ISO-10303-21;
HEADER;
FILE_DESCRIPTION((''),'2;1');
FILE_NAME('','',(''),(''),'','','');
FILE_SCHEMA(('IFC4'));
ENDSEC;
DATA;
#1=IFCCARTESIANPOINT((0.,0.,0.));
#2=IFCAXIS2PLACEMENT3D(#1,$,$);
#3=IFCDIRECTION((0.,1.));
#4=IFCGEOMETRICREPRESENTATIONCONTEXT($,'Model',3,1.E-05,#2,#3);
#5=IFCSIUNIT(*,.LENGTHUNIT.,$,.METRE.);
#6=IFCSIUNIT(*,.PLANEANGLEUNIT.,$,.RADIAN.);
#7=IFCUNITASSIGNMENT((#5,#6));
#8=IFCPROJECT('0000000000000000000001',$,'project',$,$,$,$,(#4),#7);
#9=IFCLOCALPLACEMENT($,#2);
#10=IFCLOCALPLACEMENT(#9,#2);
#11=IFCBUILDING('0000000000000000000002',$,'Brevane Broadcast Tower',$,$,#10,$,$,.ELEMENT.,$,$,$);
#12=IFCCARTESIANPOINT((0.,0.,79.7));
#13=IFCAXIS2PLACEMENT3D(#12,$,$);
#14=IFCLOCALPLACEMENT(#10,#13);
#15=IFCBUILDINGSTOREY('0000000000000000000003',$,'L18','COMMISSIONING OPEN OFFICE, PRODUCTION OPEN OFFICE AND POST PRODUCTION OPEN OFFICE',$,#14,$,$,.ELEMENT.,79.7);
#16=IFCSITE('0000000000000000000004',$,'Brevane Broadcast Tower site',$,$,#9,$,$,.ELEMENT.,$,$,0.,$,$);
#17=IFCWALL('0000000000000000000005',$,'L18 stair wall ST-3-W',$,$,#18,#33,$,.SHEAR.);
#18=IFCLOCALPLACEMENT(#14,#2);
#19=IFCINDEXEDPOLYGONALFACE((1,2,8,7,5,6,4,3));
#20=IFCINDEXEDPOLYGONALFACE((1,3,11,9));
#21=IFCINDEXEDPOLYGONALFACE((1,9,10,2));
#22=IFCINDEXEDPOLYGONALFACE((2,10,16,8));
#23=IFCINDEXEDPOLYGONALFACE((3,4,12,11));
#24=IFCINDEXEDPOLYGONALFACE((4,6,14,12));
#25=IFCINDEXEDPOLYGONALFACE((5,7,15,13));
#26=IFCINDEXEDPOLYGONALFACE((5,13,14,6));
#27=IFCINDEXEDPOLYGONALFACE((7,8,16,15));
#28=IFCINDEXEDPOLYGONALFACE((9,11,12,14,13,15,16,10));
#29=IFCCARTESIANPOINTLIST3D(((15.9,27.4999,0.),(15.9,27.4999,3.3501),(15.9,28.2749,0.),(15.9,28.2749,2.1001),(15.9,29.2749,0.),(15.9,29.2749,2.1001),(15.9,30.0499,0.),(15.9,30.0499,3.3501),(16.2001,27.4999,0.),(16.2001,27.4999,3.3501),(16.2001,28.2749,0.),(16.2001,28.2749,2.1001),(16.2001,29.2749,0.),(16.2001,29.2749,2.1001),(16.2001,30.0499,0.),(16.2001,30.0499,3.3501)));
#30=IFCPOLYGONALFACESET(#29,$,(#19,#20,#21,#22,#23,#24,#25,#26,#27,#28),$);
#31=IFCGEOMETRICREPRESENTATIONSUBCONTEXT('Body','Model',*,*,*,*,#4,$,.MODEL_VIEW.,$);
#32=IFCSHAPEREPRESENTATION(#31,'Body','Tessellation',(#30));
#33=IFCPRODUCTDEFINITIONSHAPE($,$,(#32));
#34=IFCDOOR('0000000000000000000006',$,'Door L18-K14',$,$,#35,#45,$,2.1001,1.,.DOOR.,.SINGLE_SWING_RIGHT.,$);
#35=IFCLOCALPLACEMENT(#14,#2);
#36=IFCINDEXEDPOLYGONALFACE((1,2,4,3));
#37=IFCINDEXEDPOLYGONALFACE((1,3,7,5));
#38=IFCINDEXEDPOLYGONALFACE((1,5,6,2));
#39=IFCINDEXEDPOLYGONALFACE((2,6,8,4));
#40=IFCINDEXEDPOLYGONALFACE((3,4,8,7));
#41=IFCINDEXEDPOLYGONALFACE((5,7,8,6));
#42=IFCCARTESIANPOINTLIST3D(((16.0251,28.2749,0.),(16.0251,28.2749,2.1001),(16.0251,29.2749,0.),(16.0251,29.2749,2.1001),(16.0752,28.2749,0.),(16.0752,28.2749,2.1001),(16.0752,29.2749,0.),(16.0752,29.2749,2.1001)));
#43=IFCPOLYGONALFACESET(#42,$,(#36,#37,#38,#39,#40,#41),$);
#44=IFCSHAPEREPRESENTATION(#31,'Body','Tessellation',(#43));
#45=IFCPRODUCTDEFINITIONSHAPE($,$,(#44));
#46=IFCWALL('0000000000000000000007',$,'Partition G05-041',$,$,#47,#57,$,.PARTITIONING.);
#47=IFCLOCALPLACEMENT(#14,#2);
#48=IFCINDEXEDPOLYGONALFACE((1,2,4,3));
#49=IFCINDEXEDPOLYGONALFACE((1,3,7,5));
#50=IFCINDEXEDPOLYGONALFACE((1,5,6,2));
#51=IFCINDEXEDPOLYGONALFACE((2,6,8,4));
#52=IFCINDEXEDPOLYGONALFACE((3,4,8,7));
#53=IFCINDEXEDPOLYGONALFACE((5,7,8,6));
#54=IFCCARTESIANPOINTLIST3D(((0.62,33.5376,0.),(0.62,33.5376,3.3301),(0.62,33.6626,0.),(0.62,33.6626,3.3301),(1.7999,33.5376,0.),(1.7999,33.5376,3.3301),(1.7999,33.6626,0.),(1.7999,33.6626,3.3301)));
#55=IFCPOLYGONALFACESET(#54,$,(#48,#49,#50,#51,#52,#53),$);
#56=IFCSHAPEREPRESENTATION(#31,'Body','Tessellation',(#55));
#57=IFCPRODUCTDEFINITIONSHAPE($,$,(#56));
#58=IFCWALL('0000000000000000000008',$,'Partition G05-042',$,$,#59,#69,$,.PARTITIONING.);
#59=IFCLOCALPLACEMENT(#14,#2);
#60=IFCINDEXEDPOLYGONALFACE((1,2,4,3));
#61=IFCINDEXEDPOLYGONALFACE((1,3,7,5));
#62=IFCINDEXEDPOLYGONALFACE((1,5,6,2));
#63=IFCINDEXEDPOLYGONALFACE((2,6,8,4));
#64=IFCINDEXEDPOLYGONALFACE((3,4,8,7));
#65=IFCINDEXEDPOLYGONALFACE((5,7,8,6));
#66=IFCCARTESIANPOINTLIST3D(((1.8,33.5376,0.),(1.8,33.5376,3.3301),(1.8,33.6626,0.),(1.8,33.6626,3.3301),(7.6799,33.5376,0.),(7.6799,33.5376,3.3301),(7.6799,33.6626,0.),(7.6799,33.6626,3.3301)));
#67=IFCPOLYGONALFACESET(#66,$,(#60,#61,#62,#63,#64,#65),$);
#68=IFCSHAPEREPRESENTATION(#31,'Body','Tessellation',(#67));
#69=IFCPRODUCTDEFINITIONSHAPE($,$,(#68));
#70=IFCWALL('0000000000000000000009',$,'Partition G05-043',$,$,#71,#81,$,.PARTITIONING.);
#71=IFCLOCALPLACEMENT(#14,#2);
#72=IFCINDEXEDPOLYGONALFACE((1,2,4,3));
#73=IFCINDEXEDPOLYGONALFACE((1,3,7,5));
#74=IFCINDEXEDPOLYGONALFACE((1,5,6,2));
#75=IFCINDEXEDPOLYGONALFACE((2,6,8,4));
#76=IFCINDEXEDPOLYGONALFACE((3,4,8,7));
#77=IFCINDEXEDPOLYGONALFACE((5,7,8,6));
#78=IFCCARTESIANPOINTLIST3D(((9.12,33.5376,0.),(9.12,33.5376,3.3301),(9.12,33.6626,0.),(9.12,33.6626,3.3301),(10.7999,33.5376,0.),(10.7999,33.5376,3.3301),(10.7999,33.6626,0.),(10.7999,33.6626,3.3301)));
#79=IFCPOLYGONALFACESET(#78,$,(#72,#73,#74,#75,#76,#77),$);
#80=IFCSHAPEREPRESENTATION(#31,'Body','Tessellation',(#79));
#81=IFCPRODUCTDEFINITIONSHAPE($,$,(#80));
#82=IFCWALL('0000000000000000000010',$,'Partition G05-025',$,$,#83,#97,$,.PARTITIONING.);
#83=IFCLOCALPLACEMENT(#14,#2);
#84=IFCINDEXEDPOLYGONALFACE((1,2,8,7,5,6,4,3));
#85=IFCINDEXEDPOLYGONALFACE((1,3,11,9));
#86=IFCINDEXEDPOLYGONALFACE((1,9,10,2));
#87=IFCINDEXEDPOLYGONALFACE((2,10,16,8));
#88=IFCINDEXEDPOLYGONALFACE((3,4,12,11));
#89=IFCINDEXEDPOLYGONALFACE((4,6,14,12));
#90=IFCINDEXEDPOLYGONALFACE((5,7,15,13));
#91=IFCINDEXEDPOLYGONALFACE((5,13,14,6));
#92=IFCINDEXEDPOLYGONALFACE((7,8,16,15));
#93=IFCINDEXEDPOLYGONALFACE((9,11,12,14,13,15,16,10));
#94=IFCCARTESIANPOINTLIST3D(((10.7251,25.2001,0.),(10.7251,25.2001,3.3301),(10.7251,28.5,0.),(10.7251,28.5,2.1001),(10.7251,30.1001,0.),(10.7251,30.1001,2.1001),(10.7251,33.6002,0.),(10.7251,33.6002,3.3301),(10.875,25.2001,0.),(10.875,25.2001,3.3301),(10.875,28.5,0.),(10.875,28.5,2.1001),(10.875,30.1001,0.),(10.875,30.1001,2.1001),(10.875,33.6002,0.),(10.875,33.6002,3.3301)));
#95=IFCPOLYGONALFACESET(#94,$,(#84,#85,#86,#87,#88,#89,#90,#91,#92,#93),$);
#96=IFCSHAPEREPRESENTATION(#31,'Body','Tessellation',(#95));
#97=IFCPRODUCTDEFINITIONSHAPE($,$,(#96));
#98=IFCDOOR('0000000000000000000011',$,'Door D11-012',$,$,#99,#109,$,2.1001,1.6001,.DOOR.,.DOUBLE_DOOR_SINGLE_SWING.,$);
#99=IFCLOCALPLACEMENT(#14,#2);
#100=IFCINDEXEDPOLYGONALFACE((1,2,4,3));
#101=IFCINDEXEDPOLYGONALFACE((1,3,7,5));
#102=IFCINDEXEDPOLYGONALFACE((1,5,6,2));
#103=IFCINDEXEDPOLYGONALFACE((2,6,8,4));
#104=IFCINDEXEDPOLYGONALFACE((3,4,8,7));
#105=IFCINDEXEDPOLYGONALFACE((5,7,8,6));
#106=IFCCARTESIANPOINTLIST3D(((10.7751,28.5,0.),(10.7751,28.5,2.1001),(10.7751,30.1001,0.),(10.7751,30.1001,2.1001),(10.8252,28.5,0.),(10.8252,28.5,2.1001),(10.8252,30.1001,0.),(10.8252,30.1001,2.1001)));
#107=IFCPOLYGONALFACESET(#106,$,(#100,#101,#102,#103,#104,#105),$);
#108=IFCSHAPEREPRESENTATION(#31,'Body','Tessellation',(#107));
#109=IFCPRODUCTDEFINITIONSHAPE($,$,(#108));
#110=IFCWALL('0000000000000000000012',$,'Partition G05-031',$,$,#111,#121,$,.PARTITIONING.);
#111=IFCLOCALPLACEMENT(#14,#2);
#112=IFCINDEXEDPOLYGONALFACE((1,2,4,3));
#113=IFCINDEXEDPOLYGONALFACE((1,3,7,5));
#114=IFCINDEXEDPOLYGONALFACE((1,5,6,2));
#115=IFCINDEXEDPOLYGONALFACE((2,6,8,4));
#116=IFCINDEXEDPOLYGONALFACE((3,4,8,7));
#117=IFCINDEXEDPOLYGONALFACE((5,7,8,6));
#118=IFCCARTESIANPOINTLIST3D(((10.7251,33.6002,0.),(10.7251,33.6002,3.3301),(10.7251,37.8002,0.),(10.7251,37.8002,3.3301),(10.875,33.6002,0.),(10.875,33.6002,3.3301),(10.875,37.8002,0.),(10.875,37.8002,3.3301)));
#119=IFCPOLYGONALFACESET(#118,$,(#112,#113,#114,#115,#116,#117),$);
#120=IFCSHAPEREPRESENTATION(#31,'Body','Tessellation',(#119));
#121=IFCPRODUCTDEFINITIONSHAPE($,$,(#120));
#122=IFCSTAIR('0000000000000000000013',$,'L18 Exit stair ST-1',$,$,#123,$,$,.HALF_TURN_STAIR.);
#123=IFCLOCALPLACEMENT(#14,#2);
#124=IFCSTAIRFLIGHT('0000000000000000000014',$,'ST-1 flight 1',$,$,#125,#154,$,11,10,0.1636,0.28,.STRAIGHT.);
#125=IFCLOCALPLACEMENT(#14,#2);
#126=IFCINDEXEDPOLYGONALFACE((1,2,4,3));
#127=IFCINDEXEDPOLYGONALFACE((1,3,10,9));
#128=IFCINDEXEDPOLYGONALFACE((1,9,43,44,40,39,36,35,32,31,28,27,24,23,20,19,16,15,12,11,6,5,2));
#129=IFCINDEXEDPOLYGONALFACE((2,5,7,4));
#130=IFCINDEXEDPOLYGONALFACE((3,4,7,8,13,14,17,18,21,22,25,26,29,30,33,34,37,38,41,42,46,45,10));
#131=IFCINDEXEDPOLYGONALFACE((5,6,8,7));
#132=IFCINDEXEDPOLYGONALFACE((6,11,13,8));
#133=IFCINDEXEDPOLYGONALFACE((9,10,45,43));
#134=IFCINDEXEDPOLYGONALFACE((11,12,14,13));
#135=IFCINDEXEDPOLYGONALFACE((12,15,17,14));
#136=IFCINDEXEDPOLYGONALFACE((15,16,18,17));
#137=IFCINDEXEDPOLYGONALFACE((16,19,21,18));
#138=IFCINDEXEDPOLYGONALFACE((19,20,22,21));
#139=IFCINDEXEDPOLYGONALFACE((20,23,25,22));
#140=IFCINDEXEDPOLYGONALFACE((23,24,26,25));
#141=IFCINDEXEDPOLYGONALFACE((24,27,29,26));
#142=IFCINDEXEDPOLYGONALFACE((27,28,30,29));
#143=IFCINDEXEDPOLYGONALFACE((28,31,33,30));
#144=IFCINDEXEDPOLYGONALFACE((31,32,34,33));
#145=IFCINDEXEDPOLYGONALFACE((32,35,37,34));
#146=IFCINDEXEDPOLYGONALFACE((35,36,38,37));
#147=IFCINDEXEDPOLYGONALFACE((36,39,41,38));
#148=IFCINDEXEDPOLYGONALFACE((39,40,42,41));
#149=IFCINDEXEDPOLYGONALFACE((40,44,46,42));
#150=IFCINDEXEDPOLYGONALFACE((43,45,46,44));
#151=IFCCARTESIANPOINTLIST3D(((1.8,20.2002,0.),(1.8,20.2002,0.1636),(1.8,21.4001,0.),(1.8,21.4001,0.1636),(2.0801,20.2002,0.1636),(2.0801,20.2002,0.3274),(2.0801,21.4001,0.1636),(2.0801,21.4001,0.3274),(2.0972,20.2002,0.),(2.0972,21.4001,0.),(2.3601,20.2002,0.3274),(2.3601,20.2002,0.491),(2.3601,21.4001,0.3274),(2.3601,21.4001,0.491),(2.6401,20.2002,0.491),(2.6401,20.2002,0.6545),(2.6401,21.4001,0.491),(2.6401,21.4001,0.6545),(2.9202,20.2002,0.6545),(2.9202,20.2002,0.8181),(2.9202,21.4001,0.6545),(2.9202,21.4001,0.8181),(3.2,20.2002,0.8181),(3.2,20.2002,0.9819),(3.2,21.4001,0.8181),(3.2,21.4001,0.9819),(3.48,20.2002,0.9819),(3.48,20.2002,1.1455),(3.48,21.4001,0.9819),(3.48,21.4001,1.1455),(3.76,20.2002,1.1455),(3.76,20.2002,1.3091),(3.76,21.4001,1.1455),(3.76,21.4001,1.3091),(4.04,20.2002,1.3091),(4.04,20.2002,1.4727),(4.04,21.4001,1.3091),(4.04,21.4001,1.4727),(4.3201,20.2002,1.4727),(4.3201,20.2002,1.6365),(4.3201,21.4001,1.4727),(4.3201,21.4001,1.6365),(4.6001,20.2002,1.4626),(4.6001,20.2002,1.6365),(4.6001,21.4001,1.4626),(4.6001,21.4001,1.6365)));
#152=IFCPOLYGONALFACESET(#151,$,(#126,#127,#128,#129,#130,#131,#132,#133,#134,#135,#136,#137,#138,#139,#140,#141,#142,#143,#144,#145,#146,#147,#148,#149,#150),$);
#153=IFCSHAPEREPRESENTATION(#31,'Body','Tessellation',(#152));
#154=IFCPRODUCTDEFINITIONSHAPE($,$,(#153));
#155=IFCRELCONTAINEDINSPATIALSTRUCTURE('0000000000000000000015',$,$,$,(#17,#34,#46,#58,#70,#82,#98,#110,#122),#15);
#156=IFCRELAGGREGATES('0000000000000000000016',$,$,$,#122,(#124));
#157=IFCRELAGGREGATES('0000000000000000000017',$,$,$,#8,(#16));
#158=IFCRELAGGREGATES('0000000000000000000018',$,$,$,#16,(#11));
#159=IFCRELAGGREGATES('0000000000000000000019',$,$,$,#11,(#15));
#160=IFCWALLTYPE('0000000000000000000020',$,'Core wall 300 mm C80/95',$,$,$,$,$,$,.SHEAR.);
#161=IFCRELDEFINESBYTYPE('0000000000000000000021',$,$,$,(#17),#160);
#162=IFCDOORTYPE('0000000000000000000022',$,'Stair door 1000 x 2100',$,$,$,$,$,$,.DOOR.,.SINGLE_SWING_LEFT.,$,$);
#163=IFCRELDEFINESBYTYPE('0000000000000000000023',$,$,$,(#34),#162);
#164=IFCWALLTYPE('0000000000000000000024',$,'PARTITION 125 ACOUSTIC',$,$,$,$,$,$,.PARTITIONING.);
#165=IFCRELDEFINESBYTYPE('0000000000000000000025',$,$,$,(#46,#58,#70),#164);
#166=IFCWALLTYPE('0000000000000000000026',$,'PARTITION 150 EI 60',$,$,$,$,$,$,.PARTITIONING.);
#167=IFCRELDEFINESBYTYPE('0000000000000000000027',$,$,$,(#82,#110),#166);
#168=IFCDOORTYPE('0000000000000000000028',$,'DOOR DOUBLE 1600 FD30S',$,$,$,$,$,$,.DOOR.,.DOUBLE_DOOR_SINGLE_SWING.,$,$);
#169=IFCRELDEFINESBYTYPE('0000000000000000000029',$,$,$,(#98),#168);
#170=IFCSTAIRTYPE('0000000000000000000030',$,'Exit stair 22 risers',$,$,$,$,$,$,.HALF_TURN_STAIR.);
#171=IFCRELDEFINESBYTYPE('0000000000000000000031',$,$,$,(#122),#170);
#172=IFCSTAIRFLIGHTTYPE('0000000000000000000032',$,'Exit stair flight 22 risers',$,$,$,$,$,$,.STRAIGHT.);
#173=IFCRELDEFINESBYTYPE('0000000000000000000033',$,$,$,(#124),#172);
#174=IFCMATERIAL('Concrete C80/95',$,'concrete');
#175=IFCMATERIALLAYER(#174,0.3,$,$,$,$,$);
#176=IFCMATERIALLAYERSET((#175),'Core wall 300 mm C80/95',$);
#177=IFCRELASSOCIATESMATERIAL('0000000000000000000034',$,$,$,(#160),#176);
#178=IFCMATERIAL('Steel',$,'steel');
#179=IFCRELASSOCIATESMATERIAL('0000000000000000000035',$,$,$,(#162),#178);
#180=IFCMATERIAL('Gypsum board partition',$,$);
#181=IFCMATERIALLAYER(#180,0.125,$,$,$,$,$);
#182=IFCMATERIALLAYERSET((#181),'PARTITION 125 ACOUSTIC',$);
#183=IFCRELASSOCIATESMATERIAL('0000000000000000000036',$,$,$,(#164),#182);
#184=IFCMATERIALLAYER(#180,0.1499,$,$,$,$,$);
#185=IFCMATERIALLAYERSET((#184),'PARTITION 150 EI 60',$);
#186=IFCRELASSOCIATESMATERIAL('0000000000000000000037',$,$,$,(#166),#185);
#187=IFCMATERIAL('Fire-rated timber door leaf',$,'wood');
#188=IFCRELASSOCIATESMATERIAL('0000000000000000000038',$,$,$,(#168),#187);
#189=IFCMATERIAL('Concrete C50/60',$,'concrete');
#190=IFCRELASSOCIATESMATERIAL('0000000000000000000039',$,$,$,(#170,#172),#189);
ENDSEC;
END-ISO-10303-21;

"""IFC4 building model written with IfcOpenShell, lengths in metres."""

from ifc_helpers import new_model, si_unit, direction, frame, frame_2d, origin, place, context, subcontext, project, spatial, polyline, rectangle, outline, extrude, material, layer, layer_set, type_object, element, fill, aggregate, save


model = new_model("IFC4")

# Units and contexts
model_context = context("Model", 3, precision=1e-05, world=origin(), true_north=direction((0.0, 1.0)))
body_context = subcontext(model_context, "Body", "Model", "MODEL_VIEW")
ifc_project = project(units=[si_unit("LENGTHUNIT", "METRE"), si_unit("PLANEANGLEUNIT", "RADIAN")], contexts=[model_context])

# Site, building, storey
site_placement = place(None, origin())
site = spatial("IfcSite", under=ifc_project, at=site_placement, Name="Brevane Broadcast Tower site", CompositionType="ELEMENT", RefElevation=0.0)
building_placement = place(site_placement, origin())
building = spatial("IfcBuilding", under=site, at=building_placement, Name="Brevane Broadcast Tower", CompositionType="ELEMENT")
storey_placement = place(building_placement, frame((0.0, 0.0, 79.7)))
storey = spatial("IfcBuildingStorey", under=building, at=storey_placement, Name="L18", Description="COMMISSIONING OPEN OFFICE, PRODUCTION OPEN OFFICE AND POST PRODUCTION OPEN OFFICE", CompositionType="ELEMENT", Elevation=79.7)

# Shared definitions
ifc_material_1 = material(Name="Concrete C80/95", Category="concrete")

# Shared definitions
ifc_layer_1 = layer(ifc_material_1, 0.3)
ifc_layer_set_1 = layer_set([ifc_layer_1], Name="Core wall 300 mm C80/95")
wall_type_1 = type_object("IfcWallType", Name="Core wall 300 mm C80/95", PredefinedType="SHEAR", material=ifc_layer_set_1)
ifc_material_2 = material(Name="Steel", Category="steel")
door_type_1 = type_object("IfcDoorType", Name="Stair door 1000 x 2100", OperationType="SINGLE_SWING_LEFT", PredefinedType="DOOR", material=ifc_material_2)

# Wall, opening, door
wall_1_placement = place(storey_placement, frame((16.05, 27.5, 0.0), z_axis=(0.0, 0.0, 1.0), x_axis=(0.0, 1.0, 0.0)))
wall_1 = element("IfcWall", 1, at=wall_1_placement, inside=storey, type_object=wall_type_1, Name="L18 stair wall ST-3-W", PredefinedType="SHEAR", context=body_context, shape_type="SweptSolid", body=[
    extrude(rectangle(XDim=2.55, YDim=0.3, at=frame_2d((1.2749, 0.0))), origin(), (0.0, 0.0, 1.0), 3.3501),
])
opening_1_placement = place(wall_1_placement, frame((0.7749, 0.0, 0.0)))
opening_1 = element("IfcOpeningElement", 2, at=opening_1_placement, cuts=wall_1, PredefinedType="OPENING", context=body_context, shape_type="SweptSolid", body=[
    extrude(rectangle(XDim=1.0, YDim=2.1001, at=frame_2d((0.5, 1.05))), frame((0.0, 0.1599, 0.0), z_axis=(0.0, -1.0, 0.0), x_axis=(1.0, 0.0, 0.0)), (0.0, 0.0, 1.0), 0.3201),
])
door_1_placement = place(opening_1_placement, origin())
door_1 = element("IfcDoor", 3, at=door_1_placement, inside=storey, type_object=door_type_1, Name="Door L18-K14", OperationType="SINGLE_SWING_RIGHT", OverallHeight=2.1001, OverallWidth=1.0, PredefinedType="DOOR", context=body_context, shape_type="SweptSolid", body=[
    extrude(rectangle(XDim=1.0, YDim=2.1001, at=frame_2d((0.5, 1.05))), frame((0.0, 0.0249, 0.0), z_axis=(0.0, -1.0, 0.0), x_axis=(1.0, 0.0, 0.0)), (0.0, 0.0, 1.0), 0.05),
])
fill(opening_1, door_1)

# Walls
ifc_material_3 = material(Name="Gypsum board partition")
ifc_layer_2 = layer(ifc_material_3, 0.125)
ifc_layer_set_2 = layer_set([ifc_layer_2], Name="PARTITION 125 ACOUSTIC")
wall_type_2 = type_object("IfcWallType", Name="PARTITION 125 ACOUSTIC", PredefinedType="PARTITIONING", material=ifc_layer_set_2)
wall_2_placement = place(storey_placement, frame((0.6201, 33.6001, 0.0), z_axis=(0.0, 0.0, 1.0), x_axis=(1.0, 0.0, 0.0)))
element("IfcWall", 4, at=wall_2_placement, inside=storey, type_object=wall_type_2, Name="Partition G05-041", PredefinedType="PARTITIONING", context=body_context, shape_type="SweptSolid", body=[
    extrude(rectangle(XDim=1.1799, YDim=0.125, at=frame_2d((0.5898, 0.0))), origin(), (0.0, 0.0, 1.0), 3.3301),
])
wall_3_placement = place(storey_placement, frame((1.8, 33.6001, 0.0), z_axis=(0.0, 0.0, 1.0), x_axis=(1.0, 0.0, 0.0)))
element("IfcWall", 5, at=wall_3_placement, inside=storey, type_object=wall_type_2, Name="Partition G05-042", PredefinedType="PARTITIONING", context=body_context, shape_type="SweptSolid", body=[
    extrude(rectangle(XDim=5.8799, YDim=0.125, at=frame_2d((2.9399, 0.0))), origin(), (0.0, 0.0, 1.0), 3.3301),
])
wall_4_placement = place(storey_placement, frame((9.1201, 33.6001, 0.0), z_axis=(0.0, 0.0, 1.0), x_axis=(1.0, 0.0, 0.0)))
element("IfcWall", 6, at=wall_4_placement, inside=storey, type_object=wall_type_2, Name="Partition G05-043", PredefinedType="PARTITIONING", context=body_context, shape_type="SweptSolid", body=[
    extrude(rectangle(XDim=1.6799, YDim=0.125, at=frame_2d((0.8398, 0.0))), origin(), (0.0, 0.0, 1.0), 3.3301),
])

# Wall, opening, door
ifc_layer_3 = layer(ifc_material_3, 0.1499)
ifc_layer_set_3 = layer_set([ifc_layer_3], Name="PARTITION 150 EI 60")
wall_type_3 = type_object("IfcWallType", Name="PARTITION 150 EI 60", PredefinedType="PARTITIONING", material=ifc_layer_set_3)
wall_5_placement = place(storey_placement, frame((10.8, 25.2, 0.0), z_axis=(0.0, 0.0, 1.0), x_axis=(0.0, 1.0, 0.0)))
wall_5 = element("IfcWall", 7, at=wall_5_placement, inside=storey, type_object=wall_type_3, Name="Partition G05-025", PredefinedType="PARTITIONING", context=body_context, shape_type="SweptSolid", body=[
    extrude(rectangle(XDim=8.4001, YDim=0.1499, at=frame_2d((4.2002, 0.0))), origin(), (0.0, 0.0, 1.0), 3.3301),
])
opening_2_placement = place(wall_5_placement, frame((3.3, 0.0, 0.0)))
opening_2 = element("IfcOpeningElement", 8, at=opening_2_placement, cuts=wall_5, PredefinedType="OPENING", context=body_context, shape_type="SweptSolid", body=[
    extrude(rectangle(XDim=1.6001, YDim=2.1001, at=frame_2d((0.8, 1.05))), frame((0.0, 0.085, 0.0), z_axis=(0.0, -1.0, 0.0), x_axis=(1.0, 0.0, 0.0)), (0.0, 0.0, 1.0), 0.1699),
])
ifc_material_4 = material(Name="Fire-rated timber door leaf", Category="wood")
door_type_2 = type_object("IfcDoorType", Name="DOOR DOUBLE 1600 FD30S", OperationType="DOUBLE_DOOR_SINGLE_SWING", PredefinedType="DOOR", material=ifc_material_4)
door_2_placement = place(opening_2_placement, origin())
door_2 = element("IfcDoor", 9, at=door_2_placement, inside=storey, type_object=door_type_2, Name="Door D11-012", OperationType="DOUBLE_DOOR_SINGLE_SWING", OverallHeight=2.1001, OverallWidth=1.6001, PredefinedType="DOOR", context=body_context, shape_type="SweptSolid", body=[
    extrude(rectangle(XDim=1.6001, YDim=2.1001, at=frame_2d((0.8, 1.05))), frame((0.0, 0.0249, 0.0), z_axis=(0.0, -1.0, 0.0), x_axis=(1.0, 0.0, 0.0)), (0.0, 0.0, 1.0), 0.05),
])
fill(opening_2, door_2)

# Wall
wall_6_placement = place(storey_placement, frame((10.8, 33.6001, 0.0), z_axis=(0.0, 0.0, 1.0), x_axis=(0.0, 1.0, 0.0)))
element("IfcWall", 10, at=wall_6_placement, inside=storey, type_object=wall_type_3, Name="Partition G05-031", PredefinedType="PARTITIONING", context=body_context, shape_type="SweptSolid", body=[
    extrude(rectangle(XDim=4.2, YDim=0.1499, at=frame_2d((2.1001, 0.0))), origin(), (0.0, 0.0, 1.0), 3.3301),
])

# Stair, stair flight
ifc_material_5 = material(Name="Concrete C50/60", Category="concrete")
stair_type = type_object("IfcStairType", Name="Exit stair 22 risers", PredefinedType="HALF_TURN_STAIR", material=ifc_material_5)
stair_placement = place(storey_placement, origin())
stair = element("IfcStair", 11, at=stair_placement, inside=storey, type_object=stair_type, Name="L18 Exit stair ST-1", PredefinedType="HALF_TURN_STAIR")
stair_flight_type = type_object("IfcStairFlightType", Name="Exit stair flight 22 risers", PredefinedType="STRAIGHT", material=ifc_material_5)
stair_flight_1_placement = place(storey_placement, frame((1.8, 20.8, 0.0), z_axis=(0.0, 0.0, 1.0), x_axis=(1.0, 0.0, 0.0)))
stair_flight_1 = element("IfcStairFlight", 12, at=stair_flight_1_placement, type_object=stair_flight_type, Name="ST-1 flight 1", NumberOfRisers=11, NumberOfTreads=10, PredefinedType="STRAIGHT", RiserHeight=0.1636, TreadLength=0.28, context=body_context, shape_type="SweptSolid", body=[
    extrude(outline(polyline([(0.0, 0.0), (0.0, 0.1636), (0.28, 0.1636), (0.28, 0.3274), (0.5601, 0.3274), (0.5601, 0.491), (0.8401, 0.491), (0.8401, 0.6545), (1.1201, 0.6545), (1.1201, 0.8181), (1.3999, 0.8181), (1.3999, 0.9819), (1.6799, 0.9819), (1.6799, 1.1455), (1.96, 1.1455), (1.96, 1.3091), (2.24, 1.3091), (2.24, 1.4727), (2.52, 1.4727), (2.52, 1.6365), (2.8, 1.6365), (2.8, 1.8), (2.8, 1.4626), (0.2971, 0.0), (0.0, 0.0)])), frame((0.0, 0.6001, 0.0), z_axis=(0.0, -1.0, 0.0), x_axis=(1.0, 0.0, 0.0)), (0.0, 0.0, 1.0), 1.2),
])
aggregate(stair, [stair_flight_1])

save(model, "model.ifc")
